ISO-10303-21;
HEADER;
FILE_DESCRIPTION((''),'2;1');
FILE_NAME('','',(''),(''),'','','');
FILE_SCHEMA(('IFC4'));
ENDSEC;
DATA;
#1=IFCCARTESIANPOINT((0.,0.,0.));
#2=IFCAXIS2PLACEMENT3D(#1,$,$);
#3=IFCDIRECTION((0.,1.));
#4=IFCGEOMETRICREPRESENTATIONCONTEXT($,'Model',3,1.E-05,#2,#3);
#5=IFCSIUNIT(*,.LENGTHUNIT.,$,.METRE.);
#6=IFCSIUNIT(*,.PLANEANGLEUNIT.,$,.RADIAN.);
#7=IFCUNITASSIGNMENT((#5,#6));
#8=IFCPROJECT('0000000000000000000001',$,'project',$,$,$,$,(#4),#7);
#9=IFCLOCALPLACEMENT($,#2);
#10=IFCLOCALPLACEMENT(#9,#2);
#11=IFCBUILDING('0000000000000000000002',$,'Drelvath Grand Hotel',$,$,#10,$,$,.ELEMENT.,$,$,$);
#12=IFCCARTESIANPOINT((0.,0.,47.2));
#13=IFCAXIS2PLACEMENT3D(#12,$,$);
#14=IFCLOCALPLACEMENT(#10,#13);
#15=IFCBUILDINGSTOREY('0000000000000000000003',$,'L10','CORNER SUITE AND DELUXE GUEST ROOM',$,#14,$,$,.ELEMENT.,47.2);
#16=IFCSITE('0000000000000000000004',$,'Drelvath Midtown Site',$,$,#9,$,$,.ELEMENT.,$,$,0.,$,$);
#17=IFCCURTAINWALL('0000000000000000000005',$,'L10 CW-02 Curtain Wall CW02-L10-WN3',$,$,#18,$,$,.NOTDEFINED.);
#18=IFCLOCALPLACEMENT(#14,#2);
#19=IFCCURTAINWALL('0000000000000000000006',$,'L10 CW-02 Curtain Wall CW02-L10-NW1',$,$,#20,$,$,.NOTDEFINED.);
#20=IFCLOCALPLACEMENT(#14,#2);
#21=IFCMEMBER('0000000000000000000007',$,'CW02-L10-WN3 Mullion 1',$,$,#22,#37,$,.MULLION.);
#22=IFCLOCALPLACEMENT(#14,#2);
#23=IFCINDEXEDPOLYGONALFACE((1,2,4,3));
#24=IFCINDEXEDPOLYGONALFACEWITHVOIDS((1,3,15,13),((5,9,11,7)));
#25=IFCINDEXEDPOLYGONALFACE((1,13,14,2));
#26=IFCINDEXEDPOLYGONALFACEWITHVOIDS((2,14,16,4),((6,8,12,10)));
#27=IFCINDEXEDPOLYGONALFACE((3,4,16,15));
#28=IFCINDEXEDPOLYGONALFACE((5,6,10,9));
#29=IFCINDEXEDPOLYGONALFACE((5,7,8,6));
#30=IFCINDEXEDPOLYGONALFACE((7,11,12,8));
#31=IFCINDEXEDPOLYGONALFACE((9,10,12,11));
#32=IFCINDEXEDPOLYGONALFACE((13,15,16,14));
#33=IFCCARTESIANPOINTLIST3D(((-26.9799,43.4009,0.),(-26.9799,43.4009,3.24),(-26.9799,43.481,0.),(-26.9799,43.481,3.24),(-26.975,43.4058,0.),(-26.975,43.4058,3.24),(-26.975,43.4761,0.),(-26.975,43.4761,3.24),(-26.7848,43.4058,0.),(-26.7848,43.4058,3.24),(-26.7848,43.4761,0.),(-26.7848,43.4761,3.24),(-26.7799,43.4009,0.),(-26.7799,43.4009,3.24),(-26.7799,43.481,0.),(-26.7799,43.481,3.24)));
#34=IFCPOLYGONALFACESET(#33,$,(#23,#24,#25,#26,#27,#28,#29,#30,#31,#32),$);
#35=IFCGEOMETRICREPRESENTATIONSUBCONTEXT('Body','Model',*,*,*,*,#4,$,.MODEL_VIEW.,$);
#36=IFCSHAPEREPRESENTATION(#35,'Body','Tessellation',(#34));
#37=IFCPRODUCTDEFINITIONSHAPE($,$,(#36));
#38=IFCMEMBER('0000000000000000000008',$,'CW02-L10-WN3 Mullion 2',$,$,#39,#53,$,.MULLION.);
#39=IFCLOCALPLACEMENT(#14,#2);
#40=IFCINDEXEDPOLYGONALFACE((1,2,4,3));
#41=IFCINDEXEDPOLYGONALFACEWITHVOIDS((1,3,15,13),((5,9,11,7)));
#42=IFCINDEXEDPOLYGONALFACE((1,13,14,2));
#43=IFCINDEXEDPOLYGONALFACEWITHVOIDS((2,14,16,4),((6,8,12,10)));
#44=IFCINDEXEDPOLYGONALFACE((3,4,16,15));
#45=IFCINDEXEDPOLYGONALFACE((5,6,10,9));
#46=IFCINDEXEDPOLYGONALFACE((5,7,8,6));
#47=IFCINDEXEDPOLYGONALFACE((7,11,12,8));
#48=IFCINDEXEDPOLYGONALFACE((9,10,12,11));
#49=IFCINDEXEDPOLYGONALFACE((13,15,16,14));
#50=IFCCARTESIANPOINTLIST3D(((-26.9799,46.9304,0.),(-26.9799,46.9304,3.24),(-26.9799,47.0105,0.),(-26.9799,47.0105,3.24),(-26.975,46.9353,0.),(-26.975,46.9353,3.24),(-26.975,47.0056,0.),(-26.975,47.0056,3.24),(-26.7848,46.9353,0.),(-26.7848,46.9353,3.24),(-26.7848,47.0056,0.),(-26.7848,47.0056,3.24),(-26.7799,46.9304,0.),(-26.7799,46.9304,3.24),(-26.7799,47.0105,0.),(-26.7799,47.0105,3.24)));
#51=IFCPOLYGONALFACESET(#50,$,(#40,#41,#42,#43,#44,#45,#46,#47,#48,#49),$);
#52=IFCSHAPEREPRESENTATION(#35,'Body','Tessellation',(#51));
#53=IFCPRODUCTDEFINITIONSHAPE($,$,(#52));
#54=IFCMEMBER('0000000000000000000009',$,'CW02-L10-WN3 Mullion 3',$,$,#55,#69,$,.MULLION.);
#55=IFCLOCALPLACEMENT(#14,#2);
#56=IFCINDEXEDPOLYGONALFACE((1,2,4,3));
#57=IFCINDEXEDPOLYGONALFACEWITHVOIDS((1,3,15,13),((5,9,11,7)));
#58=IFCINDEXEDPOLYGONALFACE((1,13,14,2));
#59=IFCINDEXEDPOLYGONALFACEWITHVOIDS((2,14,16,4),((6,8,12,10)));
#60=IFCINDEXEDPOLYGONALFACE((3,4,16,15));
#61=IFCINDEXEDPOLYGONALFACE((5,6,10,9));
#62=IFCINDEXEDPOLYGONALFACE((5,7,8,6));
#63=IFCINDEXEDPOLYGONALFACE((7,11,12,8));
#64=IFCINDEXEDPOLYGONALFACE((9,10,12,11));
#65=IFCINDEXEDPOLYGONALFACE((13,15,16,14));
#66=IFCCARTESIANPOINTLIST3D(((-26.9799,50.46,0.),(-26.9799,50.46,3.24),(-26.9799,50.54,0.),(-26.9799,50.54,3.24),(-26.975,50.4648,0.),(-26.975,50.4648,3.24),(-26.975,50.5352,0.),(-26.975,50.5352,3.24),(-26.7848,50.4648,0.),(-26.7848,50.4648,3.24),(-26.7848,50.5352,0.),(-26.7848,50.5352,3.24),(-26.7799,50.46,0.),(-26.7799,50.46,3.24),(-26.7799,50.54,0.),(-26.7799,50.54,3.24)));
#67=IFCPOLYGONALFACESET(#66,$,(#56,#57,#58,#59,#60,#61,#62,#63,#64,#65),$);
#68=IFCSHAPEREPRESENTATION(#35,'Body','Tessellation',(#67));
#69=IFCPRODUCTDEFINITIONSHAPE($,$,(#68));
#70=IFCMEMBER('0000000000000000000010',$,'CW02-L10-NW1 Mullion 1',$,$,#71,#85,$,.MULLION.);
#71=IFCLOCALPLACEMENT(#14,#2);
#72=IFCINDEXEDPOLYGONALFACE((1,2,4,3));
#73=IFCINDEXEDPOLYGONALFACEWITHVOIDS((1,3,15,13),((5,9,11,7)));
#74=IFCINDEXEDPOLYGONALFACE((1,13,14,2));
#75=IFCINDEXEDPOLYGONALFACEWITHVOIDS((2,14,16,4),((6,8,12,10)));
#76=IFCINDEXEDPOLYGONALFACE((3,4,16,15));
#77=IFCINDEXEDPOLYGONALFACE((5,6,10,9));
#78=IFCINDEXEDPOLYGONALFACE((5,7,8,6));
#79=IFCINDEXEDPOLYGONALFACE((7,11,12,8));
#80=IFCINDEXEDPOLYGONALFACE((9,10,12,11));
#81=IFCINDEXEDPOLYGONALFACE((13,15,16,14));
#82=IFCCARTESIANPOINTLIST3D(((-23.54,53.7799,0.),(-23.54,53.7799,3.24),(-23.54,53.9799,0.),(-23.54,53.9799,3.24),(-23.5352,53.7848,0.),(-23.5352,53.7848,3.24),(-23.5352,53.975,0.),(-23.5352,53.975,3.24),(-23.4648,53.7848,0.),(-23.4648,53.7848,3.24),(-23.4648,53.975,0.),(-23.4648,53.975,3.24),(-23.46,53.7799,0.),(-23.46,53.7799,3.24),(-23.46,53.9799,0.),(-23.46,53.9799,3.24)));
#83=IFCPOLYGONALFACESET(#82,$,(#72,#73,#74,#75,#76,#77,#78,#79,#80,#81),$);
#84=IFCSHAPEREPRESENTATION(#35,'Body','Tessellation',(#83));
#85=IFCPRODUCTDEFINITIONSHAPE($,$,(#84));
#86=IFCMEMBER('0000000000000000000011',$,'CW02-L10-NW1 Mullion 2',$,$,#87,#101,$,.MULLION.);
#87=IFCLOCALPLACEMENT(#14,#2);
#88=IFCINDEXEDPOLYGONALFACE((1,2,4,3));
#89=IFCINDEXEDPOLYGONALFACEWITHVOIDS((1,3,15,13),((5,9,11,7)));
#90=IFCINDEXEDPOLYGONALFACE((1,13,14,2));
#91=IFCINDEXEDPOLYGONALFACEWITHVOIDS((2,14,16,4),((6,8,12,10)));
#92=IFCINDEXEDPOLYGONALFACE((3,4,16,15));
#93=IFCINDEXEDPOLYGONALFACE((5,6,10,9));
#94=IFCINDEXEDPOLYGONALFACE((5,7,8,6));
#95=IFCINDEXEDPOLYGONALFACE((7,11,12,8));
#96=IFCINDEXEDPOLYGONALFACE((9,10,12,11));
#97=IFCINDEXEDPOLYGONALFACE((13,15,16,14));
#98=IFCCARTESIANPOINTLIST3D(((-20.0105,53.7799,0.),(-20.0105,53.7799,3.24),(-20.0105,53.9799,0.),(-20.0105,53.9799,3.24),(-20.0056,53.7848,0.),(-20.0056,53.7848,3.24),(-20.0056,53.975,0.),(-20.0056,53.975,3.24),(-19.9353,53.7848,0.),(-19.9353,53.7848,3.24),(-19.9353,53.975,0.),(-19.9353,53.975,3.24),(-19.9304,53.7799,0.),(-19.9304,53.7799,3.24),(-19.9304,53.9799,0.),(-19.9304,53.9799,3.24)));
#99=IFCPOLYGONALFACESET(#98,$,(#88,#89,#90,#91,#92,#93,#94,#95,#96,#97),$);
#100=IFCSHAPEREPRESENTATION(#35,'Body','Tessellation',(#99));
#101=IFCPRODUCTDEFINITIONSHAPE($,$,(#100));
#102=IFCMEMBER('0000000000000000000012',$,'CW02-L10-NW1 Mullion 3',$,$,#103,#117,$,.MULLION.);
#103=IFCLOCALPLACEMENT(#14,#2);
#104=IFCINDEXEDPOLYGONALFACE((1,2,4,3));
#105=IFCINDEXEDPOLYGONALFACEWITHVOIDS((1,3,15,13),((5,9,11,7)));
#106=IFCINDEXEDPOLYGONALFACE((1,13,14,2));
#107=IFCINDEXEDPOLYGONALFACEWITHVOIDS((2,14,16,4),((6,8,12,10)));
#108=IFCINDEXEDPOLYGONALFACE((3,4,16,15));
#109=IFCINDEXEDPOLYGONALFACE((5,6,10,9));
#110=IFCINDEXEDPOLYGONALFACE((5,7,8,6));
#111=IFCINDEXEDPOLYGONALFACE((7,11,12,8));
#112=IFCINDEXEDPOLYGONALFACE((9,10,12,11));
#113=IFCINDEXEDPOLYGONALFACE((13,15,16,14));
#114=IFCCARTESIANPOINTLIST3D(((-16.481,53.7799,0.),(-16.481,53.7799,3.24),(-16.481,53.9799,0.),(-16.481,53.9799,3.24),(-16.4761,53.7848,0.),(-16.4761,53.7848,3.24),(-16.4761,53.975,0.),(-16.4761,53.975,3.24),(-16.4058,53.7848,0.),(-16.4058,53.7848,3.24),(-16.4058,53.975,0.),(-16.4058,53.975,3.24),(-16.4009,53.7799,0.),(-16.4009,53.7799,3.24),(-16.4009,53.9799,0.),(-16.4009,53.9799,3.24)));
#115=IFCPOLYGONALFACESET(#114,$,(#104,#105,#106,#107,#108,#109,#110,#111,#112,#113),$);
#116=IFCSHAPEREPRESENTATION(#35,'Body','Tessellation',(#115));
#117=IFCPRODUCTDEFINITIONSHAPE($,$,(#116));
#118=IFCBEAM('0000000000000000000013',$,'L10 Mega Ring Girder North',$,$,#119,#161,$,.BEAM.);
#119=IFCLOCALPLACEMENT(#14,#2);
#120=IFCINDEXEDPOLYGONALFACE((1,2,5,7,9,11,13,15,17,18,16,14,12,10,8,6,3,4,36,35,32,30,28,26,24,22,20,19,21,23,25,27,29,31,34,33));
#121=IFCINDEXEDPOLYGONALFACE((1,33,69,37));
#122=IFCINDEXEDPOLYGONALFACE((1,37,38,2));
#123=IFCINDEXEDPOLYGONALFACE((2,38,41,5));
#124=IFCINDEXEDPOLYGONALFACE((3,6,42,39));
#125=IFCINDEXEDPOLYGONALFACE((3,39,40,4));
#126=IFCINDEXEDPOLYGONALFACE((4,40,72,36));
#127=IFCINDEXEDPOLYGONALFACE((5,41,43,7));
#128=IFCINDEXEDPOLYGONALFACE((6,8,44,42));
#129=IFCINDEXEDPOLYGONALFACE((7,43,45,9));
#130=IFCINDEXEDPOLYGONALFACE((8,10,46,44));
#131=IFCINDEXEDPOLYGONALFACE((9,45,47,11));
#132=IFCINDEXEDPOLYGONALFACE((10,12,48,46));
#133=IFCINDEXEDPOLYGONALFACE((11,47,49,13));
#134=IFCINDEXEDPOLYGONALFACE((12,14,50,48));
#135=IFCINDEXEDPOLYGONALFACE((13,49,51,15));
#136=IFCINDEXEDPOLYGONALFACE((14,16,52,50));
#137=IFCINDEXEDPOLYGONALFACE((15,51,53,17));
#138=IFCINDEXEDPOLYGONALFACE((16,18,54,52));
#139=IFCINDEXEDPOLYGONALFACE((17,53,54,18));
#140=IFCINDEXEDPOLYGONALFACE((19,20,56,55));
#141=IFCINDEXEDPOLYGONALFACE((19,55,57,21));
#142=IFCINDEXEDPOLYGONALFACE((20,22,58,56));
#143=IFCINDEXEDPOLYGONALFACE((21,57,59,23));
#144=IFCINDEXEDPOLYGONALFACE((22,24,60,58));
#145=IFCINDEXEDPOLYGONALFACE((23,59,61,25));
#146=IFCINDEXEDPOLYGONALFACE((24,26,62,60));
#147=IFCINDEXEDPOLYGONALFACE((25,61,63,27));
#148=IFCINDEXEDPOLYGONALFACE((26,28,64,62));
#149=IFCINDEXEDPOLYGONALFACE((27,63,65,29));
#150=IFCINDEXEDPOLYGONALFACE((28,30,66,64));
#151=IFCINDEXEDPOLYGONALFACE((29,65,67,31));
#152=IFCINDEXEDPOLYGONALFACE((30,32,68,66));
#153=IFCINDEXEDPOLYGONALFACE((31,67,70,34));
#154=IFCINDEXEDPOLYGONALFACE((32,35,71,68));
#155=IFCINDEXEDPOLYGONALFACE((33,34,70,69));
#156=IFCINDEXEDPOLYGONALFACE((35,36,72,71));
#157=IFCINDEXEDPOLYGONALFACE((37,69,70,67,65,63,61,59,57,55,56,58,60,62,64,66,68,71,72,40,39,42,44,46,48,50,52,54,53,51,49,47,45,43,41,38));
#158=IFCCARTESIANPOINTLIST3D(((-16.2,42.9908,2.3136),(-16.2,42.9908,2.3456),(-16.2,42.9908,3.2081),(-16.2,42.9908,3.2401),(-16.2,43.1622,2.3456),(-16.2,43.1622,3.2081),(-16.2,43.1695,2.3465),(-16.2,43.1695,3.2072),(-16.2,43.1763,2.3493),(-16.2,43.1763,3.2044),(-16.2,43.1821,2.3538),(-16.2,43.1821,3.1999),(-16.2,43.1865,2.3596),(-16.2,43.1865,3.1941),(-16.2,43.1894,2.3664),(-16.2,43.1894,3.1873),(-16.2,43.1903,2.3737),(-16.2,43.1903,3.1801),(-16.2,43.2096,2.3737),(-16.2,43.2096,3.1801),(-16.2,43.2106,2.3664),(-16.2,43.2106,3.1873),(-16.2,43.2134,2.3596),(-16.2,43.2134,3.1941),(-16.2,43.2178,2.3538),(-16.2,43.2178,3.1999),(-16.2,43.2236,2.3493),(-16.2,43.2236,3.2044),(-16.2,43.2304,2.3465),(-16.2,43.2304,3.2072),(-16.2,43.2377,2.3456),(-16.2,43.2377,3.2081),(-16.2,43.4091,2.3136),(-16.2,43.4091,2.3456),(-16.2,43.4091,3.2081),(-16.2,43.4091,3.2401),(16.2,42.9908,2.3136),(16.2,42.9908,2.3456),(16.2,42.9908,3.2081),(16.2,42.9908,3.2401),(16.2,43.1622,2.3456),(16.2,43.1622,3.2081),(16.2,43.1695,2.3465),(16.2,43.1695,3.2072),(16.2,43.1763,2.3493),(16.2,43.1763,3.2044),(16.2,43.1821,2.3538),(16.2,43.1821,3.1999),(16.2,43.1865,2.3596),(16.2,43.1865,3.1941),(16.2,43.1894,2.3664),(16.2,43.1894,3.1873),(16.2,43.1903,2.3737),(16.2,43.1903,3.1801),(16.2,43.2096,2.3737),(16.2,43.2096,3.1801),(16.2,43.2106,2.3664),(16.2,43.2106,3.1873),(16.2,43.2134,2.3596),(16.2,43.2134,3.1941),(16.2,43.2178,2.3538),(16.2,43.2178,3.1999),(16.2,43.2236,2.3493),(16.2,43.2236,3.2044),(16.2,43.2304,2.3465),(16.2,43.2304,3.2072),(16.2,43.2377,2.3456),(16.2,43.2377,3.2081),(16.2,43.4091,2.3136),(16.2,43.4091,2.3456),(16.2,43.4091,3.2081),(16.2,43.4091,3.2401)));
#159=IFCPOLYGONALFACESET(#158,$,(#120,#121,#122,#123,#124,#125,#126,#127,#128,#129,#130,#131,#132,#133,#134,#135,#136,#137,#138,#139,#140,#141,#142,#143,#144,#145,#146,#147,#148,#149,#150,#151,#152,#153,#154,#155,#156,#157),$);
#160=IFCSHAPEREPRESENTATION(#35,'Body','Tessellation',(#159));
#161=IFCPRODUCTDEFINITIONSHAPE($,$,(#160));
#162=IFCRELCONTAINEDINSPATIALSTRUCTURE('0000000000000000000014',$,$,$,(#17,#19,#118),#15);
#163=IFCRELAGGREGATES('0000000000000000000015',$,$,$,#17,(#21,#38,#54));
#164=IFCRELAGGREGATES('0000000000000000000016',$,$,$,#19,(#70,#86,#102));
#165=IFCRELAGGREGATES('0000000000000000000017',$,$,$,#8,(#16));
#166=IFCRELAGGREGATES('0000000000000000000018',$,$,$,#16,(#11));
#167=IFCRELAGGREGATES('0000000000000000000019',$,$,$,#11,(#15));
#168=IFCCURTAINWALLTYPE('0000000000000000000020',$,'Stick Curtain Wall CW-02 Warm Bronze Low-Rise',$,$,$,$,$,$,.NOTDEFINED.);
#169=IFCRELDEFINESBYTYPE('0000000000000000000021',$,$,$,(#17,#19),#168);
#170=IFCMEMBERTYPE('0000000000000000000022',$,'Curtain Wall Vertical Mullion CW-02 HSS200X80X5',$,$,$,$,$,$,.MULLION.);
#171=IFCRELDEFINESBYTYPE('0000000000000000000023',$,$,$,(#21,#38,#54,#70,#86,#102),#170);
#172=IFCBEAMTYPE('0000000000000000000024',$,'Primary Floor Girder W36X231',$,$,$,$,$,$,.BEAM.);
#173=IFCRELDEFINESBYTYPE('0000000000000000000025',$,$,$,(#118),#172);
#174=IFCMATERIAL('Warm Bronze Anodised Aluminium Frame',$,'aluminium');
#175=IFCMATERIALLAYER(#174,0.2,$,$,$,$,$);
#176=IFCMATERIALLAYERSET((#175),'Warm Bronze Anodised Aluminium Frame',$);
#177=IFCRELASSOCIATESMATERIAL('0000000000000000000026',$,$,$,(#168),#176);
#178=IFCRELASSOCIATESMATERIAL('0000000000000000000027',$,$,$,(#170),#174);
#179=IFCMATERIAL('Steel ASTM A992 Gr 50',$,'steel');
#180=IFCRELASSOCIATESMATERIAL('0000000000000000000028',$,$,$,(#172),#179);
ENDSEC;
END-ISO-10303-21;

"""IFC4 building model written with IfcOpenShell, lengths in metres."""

from ifc_helpers import new_model, si_unit, direction, frame, origin, origin_2d, place, context, subcontext, project, spatial, hollow_rectangle, i_section, extrude, material, layer, layer_set, material_profile, profile_set, type_object, element, aggregate, save


model = new_model("IFC4")

# Units and contexts
model_context = context("Model", 3, precision=1e-05, world=origin(), true_north=direction((0.0, 1.0)))
body_context = subcontext(model_context, "Body", "Model", "MODEL_VIEW")
ifc_project = project(units=[si_unit("LENGTHUNIT", "METRE"), si_unit("PLANEANGLEUNIT", "RADIAN")], contexts=[model_context])

# Site, building, storey
site_placement = place(None, origin())
site = spatial("IfcSite", under=ifc_project, at=site_placement, Name="Drelvath Midtown Site", CompositionType="ELEMENT", RefElevation=0.0)
building_placement = place(site_placement, origin())
building = spatial("IfcBuilding", under=site, at=building_placement, Name="Drelvath Grand Hotel", CompositionType="ELEMENT")
storey_placement = place(building_placement, frame((0.0, 0.0, 47.2)))
storey = spatial("IfcBuildingStorey", under=building, at=storey_placement, Name="L10", Description="CORNER SUITE AND DELUXE GUEST ROOM", CompositionType="ELEMENT", Elevation=47.2)

# Shared definitions
ifc_material_1 = material(Name="Steel ASTM A992 Gr 50", Category="steel")

# Curtain walls
ifc_material_2 = material(Name="Warm Bronze Anodised Aluminium Frame", Category="aluminium")
ifc_layer_1 = layer(ifc_material_2, 0.2)
ifc_layer_set_1 = layer_set([ifc_layer_1], Name="Warm Bronze Anodised Aluminium Frame")
curtain_wall_type = type_object("IfcCurtainWallType", Name="Stick Curtain Wall CW-02 Warm Bronze Low-Rise", PredefinedType="NOTDEFINED", material=ifc_layer_set_1)
curtain_wall_1_placement = place(storey_placement, origin())
curtain_wall_1 = element("IfcCurtainWall", 1, at=curtain_wall_1_placement, inside=storey, type_object=curtain_wall_type, Name="L10 CW-02 Curtain Wall CW02-L10-WN3", PredefinedType="NOTDEFINED")
curtain_wall_2_placement = place(storey_placement, origin())
curtain_wall_2 = element("IfcCurtainWall", 2, at=curtain_wall_2_placement, inside=storey, type_object=curtain_wall_type, Name="L10 CW-02 Curtain Wall CW02-L10-NW1", PredefinedType="NOTDEFINED")

# Shared definitions
ifc_material_profile_1 = material_profile(ifc_material_2, hollow_rectangle(XDim=0.0801, YDim=0.2, WallThickness=0.0049, at=origin_2d()), Name="HSS200X80X5")
ifc_profile_set_1 = profile_set([ifc_material_profile_1], Name="Warm Bronze Anodised Aluminium Frame")
member_type_1 = type_object("IfcMemberType", Name="Curtain Wall Vertical Mullion CW-02 HSS200X80X5", PredefinedType="MULLION", material=ifc_profile_set_1)

# Members
member_1_placement = place(storey_placement, frame((-26.8799, 43.4409, 0.0), z_axis=(0.0, 0.0, 1.0), x_axis=(0.0, 1.0, 0.0)))
member_1 = element("IfcMember", 3, at=member_1_placement, type_object=member_type_1, Name="CW02-L10-WN3 Mullion 1", PredefinedType="MULLION", context=body_context, shape_type="SweptSolid", body=[
    extrude(hollow_rectangle(XDim=0.0801, YDim=0.2, WallThickness=0.0049, at=origin_2d()), origin(), (0.0, 0.0, 1.0), 3.24),
])
member_2_placement = place(storey_placement, frame((-26.8799, 46.9705, 0.0), z_axis=(0.0, 0.0, 1.0), x_axis=(0.0, 1.0, 0.0)))
member_2 = element("IfcMember", 4, at=member_2_placement, type_object=member_type_1, Name="CW02-L10-WN3 Mullion 2", PredefinedType="MULLION", context=body_context, shape_type="SweptSolid", body=[
    extrude(hollow_rectangle(XDim=0.0801, YDim=0.2, WallThickness=0.0049, at=origin_2d()), origin(), (0.0, 0.0, 1.0), 3.24),
])
member_3_placement = place(storey_placement, frame((-26.8799, 50.5, 0.0), z_axis=(0.0, 0.0, 1.0), x_axis=(0.0, 1.0, 0.0)))
member_3 = element("IfcMember", 5, at=member_3_placement, type_object=member_type_1, Name="CW02-L10-WN3 Mullion 3", PredefinedType="MULLION", context=body_context, shape_type="SweptSolid", body=[
    extrude(hollow_rectangle(XDim=0.0801, YDim=0.2, WallThickness=0.0049, at=origin_2d()), origin(), (0.0, 0.0, 1.0), 3.24),
])
member_4_placement = place(storey_placement, frame((-23.5, 53.8799, 0.0), z_axis=(0.0, 0.0, 1.0), x_axis=(1.0, 0.0, 0.0)))
member_4 = element("IfcMember", 6, at=member_4_placement, type_object=member_type_1, Name="CW02-L10-NW1 Mullion 1", PredefinedType="MULLION", context=body_context, shape_type="SweptSolid", body=[
    extrude(hollow_rectangle(XDim=0.0801, YDim=0.2, WallThickness=0.0049, at=origin_2d()), origin(), (0.0, 0.0, 1.0), 3.24),
])
member_5_placement = place(storey_placement, frame((-19.9705, 53.8799, 0.0), z_axis=(0.0, 0.0, 1.0), x_axis=(1.0, 0.0, 0.0)))
member_5 = element("IfcMember", 7, at=member_5_placement, type_object=member_type_1, Name="CW02-L10-NW1 Mullion 2", PredefinedType="MULLION", context=body_context, shape_type="SweptSolid", body=[
    extrude(hollow_rectangle(XDim=0.0801, YDim=0.2, WallThickness=0.0049, at=origin_2d()), origin(), (0.0, 0.0, 1.0), 3.24),
])
member_6_placement = place(storey_placement, frame((-16.4409, 53.8799, 0.0), z_axis=(0.0, 0.0, 1.0), x_axis=(1.0, 0.0, 0.0)))
member_6 = element("IfcMember", 8, at=member_6_placement, type_object=member_type_1, Name="CW02-L10-NW1 Mullion 3", PredefinedType="MULLION", context=body_context, shape_type="SweptSolid", body=[
    extrude(hollow_rectangle(XDim=0.0801, YDim=0.2, WallThickness=0.0049, at=origin_2d()), origin(), (0.0, 0.0, 1.0), 3.24),
])

# Beam
ifc_material_profile_2 = material_profile(ifc_material_1, i_section(OverallWidth=0.4182, OverallDepth=0.9265, WebThickness=0.0193, FlangeThickness=0.032, FilletRadius=0.0281, at=origin_2d()), Name="W36X231")
ifc_profile_set_2 = profile_set([ifc_material_profile_2], Name="Steel ASTM A992 Gr 50")
beam_type_1 = type_object("IfcBeamType", Name="Primary Floor Girder W36X231", PredefinedType="BEAM", material=ifc_profile_set_2)
beam_1_placement = place(storey_placement, frame((-16.2, 43.2, 2.7769), z_axis=(1.0, 0.0, 0.0), x_axis=(0.0, 1.0, 0.0)))
element("IfcBeam", 9, at=beam_1_placement, inside=storey, type_object=beam_type_1, Name="L10 Mega Ring Girder North", PredefinedType="BEAM", context=body_context, shape_type="SweptSolid", body=[
    extrude(i_section(OverallWidth=0.4182, OverallDepth=0.9265, WebThickness=0.0193, FlangeThickness=0.032, FilletRadius=0.0281, at=origin_2d()), origin(), (0.0, 0.0, 1.0), 32.3999),
])

aggregate(curtain_wall_1, [member_1, member_2, member_3])
aggregate(curtain_wall_2, [member_4, member_5, member_6])

save(model, "model.ifc")
